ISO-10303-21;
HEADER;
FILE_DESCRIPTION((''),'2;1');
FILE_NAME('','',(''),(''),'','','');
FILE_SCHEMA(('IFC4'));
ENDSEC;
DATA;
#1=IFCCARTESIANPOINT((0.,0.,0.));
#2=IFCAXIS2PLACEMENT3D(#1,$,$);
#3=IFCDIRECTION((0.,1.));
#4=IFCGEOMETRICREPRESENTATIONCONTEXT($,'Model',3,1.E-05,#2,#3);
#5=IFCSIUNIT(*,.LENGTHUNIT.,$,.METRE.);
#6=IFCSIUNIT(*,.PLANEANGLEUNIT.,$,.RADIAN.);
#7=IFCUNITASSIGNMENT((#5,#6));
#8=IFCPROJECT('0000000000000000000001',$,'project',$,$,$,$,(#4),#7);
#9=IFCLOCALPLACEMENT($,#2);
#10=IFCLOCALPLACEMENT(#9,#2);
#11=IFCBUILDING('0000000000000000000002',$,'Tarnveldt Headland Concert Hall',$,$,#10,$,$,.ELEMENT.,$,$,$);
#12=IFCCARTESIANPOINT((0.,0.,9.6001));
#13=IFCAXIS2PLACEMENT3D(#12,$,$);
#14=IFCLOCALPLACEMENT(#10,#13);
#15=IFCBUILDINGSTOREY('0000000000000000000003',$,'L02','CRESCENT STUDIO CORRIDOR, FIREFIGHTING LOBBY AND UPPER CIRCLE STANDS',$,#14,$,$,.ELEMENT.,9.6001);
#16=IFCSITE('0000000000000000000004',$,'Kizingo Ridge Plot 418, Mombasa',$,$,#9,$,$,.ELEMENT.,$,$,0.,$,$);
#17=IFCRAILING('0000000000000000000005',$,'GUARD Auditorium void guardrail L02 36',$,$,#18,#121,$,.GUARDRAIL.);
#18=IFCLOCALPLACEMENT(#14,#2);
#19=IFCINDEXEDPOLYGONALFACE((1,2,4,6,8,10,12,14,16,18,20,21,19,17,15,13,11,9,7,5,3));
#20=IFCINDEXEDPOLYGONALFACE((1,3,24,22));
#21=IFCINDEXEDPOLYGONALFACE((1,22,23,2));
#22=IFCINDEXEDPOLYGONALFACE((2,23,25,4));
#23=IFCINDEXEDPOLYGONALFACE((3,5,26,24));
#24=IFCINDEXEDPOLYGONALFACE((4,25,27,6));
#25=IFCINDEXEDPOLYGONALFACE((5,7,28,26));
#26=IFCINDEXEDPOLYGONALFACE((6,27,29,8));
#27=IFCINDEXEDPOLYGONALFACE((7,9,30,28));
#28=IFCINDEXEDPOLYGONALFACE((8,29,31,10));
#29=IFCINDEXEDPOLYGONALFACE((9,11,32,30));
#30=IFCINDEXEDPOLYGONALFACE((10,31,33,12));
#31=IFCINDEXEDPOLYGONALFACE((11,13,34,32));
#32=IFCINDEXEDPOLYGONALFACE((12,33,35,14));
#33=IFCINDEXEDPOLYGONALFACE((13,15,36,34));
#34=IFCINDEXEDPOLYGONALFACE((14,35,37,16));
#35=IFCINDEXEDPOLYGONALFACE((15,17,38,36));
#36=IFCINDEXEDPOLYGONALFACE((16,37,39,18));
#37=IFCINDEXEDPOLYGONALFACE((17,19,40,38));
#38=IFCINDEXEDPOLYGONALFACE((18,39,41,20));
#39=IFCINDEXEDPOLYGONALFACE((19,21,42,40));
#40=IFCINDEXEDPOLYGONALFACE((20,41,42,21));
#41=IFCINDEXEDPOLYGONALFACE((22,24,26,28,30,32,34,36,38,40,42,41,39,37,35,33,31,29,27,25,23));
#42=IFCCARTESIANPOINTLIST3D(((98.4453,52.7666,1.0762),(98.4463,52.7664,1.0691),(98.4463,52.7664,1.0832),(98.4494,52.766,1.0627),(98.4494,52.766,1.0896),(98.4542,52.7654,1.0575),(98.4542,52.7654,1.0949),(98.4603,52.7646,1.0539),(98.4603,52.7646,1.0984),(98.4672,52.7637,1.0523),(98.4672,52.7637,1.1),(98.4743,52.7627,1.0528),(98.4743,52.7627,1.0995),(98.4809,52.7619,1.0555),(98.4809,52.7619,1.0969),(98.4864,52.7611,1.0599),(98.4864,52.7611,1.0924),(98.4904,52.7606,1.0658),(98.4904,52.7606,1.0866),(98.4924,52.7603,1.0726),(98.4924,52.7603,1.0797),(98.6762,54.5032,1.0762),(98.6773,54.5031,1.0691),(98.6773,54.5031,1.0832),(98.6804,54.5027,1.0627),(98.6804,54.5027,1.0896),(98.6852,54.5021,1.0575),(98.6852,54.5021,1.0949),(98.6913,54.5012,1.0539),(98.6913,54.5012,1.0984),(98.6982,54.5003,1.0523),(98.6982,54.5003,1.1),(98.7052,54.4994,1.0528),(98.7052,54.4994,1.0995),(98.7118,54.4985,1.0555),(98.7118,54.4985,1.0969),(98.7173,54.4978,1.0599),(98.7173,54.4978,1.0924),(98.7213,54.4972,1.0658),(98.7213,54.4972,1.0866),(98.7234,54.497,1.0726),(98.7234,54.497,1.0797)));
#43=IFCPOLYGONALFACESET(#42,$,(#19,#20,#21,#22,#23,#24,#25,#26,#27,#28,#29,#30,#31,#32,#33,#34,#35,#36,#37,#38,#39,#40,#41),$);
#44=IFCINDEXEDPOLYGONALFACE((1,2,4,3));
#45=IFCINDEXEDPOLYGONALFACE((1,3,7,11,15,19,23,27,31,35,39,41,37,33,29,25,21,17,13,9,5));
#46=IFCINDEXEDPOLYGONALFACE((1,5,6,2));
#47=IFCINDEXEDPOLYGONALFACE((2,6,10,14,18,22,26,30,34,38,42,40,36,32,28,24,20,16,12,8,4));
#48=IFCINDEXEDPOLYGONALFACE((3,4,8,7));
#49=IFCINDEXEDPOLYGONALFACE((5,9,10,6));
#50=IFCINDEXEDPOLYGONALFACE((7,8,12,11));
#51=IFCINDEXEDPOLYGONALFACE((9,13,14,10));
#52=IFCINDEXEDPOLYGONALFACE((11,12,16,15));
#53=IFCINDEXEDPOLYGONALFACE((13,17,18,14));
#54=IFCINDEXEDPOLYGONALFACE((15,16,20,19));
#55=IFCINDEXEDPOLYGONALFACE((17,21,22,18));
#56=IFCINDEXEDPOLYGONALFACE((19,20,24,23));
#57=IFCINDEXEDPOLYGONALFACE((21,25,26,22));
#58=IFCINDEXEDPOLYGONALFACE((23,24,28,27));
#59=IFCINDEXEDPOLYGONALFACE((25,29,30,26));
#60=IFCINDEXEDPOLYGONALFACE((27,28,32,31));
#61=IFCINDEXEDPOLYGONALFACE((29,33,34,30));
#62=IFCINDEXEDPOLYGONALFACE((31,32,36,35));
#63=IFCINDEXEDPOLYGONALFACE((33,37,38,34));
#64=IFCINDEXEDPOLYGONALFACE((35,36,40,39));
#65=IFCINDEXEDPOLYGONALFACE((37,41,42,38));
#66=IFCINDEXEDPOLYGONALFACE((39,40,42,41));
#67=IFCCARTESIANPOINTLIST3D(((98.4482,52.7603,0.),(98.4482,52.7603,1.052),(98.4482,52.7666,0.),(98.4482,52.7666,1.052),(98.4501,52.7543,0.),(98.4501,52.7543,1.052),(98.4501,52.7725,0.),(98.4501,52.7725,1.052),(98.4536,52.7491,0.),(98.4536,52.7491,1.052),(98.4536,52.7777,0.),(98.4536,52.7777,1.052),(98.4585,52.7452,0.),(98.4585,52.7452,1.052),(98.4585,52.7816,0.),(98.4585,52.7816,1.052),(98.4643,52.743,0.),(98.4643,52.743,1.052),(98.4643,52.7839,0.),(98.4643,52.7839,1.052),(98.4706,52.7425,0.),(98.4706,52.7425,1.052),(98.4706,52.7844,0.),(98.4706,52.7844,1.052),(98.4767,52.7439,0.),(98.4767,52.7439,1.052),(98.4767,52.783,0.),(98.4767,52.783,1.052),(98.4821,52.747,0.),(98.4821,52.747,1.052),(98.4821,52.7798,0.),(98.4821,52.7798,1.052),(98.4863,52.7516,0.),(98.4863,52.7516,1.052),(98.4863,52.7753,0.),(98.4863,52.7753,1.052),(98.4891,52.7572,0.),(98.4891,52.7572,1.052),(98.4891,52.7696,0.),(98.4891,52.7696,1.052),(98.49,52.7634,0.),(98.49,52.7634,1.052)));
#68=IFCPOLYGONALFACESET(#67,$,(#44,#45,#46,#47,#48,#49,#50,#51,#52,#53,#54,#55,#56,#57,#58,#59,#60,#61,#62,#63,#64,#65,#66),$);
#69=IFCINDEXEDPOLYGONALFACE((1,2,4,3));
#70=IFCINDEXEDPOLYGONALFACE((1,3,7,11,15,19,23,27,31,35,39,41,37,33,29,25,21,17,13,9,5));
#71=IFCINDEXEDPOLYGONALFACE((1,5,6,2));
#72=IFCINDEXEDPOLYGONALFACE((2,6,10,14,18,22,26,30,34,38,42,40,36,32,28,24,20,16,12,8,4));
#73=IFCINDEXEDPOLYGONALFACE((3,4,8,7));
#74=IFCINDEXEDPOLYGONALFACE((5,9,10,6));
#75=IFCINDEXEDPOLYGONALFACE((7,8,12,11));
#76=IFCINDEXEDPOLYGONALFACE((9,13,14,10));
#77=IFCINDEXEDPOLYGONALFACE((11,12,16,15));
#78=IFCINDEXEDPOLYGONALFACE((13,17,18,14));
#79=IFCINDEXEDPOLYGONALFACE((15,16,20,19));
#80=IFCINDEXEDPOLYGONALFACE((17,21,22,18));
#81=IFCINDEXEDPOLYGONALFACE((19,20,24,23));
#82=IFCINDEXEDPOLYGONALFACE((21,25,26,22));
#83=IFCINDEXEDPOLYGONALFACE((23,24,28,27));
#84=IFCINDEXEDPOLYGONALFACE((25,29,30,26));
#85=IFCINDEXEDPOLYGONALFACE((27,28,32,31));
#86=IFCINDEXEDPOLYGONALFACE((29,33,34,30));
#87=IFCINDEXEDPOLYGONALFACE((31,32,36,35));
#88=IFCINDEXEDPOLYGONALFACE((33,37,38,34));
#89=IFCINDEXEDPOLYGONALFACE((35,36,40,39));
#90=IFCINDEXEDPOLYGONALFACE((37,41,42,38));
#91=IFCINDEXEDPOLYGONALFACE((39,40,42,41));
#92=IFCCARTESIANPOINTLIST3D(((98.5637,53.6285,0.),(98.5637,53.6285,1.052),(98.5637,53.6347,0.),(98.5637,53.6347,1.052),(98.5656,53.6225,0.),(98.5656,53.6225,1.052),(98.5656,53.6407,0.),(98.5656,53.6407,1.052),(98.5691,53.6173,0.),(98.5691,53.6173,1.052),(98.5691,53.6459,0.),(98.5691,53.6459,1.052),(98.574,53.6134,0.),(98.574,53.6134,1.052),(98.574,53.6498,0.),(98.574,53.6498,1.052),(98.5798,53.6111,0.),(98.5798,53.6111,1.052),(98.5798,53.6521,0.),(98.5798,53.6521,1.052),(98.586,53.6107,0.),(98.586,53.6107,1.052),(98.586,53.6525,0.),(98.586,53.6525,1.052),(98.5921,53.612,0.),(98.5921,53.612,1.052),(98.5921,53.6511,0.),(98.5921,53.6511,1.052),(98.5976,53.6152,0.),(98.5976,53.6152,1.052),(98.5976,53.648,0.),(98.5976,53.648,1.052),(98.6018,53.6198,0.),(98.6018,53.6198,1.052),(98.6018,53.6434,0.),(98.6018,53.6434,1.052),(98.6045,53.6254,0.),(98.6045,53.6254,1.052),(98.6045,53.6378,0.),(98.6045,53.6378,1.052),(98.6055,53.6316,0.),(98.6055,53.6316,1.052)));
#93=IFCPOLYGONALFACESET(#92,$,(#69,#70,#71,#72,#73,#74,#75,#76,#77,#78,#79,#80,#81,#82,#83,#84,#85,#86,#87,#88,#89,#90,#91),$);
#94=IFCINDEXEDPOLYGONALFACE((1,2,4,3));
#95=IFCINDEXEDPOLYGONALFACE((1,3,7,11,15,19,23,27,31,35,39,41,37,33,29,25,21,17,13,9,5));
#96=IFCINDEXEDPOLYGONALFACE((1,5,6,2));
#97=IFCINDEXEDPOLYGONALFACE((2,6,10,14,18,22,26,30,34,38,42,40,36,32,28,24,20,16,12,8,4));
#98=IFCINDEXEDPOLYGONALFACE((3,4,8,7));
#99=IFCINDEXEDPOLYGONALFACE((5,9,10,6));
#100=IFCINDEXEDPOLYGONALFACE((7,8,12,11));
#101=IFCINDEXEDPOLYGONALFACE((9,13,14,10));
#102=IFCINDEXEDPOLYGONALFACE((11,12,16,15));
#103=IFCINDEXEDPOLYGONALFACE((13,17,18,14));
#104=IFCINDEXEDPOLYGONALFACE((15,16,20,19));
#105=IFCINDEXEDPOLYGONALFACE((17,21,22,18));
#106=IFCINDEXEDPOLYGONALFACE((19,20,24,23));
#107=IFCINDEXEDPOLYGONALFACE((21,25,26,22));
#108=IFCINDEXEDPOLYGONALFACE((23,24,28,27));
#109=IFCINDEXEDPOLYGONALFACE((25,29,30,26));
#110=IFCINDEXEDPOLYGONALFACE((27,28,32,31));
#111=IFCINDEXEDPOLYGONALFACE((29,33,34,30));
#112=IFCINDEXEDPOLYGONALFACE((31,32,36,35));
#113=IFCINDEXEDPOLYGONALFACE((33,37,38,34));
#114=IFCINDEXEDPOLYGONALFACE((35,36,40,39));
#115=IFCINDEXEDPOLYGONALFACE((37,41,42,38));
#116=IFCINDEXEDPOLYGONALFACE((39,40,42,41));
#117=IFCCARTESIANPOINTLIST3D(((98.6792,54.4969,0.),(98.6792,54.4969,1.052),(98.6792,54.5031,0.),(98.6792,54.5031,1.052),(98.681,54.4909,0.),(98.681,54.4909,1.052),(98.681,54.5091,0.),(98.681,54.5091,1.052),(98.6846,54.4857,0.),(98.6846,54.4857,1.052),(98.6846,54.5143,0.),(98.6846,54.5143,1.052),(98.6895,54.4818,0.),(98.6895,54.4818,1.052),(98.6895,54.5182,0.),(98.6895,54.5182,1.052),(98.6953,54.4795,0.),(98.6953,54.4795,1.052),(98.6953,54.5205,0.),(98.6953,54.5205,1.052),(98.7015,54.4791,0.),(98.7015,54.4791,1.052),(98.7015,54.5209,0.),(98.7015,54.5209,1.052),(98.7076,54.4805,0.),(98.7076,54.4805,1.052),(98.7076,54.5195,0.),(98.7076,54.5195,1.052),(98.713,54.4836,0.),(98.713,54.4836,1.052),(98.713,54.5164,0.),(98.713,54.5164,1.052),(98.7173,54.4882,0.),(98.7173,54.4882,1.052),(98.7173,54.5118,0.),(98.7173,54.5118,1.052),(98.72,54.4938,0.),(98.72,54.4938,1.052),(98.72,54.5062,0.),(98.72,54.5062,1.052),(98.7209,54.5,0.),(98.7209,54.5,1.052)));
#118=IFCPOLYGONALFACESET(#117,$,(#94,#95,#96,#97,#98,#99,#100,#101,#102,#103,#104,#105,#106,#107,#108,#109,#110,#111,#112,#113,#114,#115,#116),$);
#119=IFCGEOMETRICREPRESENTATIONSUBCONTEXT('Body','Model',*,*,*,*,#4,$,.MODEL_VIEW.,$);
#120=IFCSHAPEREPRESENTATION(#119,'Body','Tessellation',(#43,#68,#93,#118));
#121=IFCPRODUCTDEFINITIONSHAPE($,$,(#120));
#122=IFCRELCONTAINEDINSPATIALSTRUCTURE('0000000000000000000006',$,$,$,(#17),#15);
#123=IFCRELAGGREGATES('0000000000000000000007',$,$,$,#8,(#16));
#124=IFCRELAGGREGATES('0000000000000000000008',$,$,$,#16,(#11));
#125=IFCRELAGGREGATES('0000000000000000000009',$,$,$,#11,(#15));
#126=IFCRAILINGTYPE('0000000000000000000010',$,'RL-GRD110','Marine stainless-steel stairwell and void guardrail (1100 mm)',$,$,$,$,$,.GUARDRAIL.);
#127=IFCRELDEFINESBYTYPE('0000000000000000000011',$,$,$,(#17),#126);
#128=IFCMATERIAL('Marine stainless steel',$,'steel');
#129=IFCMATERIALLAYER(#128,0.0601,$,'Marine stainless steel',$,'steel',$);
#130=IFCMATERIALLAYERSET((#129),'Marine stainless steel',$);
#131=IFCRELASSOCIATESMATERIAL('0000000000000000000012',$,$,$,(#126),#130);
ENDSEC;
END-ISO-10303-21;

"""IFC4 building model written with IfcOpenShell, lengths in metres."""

from ifc_helpers import new_model, si_unit, direction, frame, origin, origin_2d, place, context, subcontext, project, spatial, circle, extrude, material, layer, layer_set, type_object, element, save


model = new_model("IFC4")

# Units and contexts
model_context = context("Model", 3, precision=1e-05, world=origin(), true_north=direction((0.0, 1.0)))
body_context = subcontext(model_context, "Body", "Model", "MODEL_VIEW")
ifc_project = project(units=[si_unit("LENGTHUNIT", "METRE"), si_unit("PLANEANGLEUNIT", "RADIAN")], contexts=[model_context])

# Site, building, storey
site_placement = place(None, origin())
site = spatial("IfcSite", under=ifc_project, at=site_placement, Name="Kizingo Ridge Plot 418, Mombasa", CompositionType="ELEMENT", RefElevation=0.0)
building_placement = place(site_placement, origin())
building = spatial("IfcBuilding", under=site, at=building_placement, Name="Tarnveldt Headland Concert Hall", CompositionType="ELEMENT")
storey_placement = place(building_placement, frame((0.0, 0.0, 9.6001)))
storey = spatial("IfcBuildingStorey", under=building, at=storey_placement, Name="L02", Description="CRESCENT STUDIO CORRIDOR, FIREFIGHTING LOBBY AND UPPER CIRCLE STANDS", CompositionType="ELEMENT", Elevation=9.6001)

# Railing
ifc_material_1 = material(Name="Marine stainless steel", Category="steel")
ifc_layer_1 = layer(ifc_material_1, 0.0601, Name="Marine stainless steel", Category="steel")
ifc_layer_set_1 = layer_set([ifc_layer_1], Name="Marine stainless steel")
railing_type_1 = type_object("IfcRailingType", Name="RL-GRD110", Description="Marine stainless-steel stairwell and void guardrail (1100 mm)", PredefinedType="GUARDRAIL", material=ifc_layer_set_1)
railing_1_placement = place(storey_placement, frame((98.469, 52.7634, 0.0)))
element("IfcRailing", 1, at=railing_1_placement, inside=storey, type_object=railing_type_1, Name="GUARD Auditorium void guardrail L02 36", PredefinedType="GUARDRAIL", context=body_context, shape_type="SweptSolid", body=[
    extrude(circle(Radius=0.0239, at=origin_2d()), frame((0.0, 0.0, 1.0762), z_axis=(0.131835, 0.991272, 0.0), x_axis=(-0.991272, 0.131835, 0.0)), (0.0, 0.0, 1.0), 1.752),
    extrude(circle(Radius=0.021, at=origin_2d()), origin(), (0.0, 0.0, 1.0), 1.052),
    extrude(circle(Radius=0.021, at=origin_2d()), frame((0.1155, 0.8682, 0.0)), (0.0, 0.0, 1.0), 1.052),
    extrude(circle(Radius=0.021, at=origin_2d()), frame((0.231, 1.7366, 0.0)), (0.0, 0.0, 1.0), 1.052),
])

save(model, "model.ifc")
